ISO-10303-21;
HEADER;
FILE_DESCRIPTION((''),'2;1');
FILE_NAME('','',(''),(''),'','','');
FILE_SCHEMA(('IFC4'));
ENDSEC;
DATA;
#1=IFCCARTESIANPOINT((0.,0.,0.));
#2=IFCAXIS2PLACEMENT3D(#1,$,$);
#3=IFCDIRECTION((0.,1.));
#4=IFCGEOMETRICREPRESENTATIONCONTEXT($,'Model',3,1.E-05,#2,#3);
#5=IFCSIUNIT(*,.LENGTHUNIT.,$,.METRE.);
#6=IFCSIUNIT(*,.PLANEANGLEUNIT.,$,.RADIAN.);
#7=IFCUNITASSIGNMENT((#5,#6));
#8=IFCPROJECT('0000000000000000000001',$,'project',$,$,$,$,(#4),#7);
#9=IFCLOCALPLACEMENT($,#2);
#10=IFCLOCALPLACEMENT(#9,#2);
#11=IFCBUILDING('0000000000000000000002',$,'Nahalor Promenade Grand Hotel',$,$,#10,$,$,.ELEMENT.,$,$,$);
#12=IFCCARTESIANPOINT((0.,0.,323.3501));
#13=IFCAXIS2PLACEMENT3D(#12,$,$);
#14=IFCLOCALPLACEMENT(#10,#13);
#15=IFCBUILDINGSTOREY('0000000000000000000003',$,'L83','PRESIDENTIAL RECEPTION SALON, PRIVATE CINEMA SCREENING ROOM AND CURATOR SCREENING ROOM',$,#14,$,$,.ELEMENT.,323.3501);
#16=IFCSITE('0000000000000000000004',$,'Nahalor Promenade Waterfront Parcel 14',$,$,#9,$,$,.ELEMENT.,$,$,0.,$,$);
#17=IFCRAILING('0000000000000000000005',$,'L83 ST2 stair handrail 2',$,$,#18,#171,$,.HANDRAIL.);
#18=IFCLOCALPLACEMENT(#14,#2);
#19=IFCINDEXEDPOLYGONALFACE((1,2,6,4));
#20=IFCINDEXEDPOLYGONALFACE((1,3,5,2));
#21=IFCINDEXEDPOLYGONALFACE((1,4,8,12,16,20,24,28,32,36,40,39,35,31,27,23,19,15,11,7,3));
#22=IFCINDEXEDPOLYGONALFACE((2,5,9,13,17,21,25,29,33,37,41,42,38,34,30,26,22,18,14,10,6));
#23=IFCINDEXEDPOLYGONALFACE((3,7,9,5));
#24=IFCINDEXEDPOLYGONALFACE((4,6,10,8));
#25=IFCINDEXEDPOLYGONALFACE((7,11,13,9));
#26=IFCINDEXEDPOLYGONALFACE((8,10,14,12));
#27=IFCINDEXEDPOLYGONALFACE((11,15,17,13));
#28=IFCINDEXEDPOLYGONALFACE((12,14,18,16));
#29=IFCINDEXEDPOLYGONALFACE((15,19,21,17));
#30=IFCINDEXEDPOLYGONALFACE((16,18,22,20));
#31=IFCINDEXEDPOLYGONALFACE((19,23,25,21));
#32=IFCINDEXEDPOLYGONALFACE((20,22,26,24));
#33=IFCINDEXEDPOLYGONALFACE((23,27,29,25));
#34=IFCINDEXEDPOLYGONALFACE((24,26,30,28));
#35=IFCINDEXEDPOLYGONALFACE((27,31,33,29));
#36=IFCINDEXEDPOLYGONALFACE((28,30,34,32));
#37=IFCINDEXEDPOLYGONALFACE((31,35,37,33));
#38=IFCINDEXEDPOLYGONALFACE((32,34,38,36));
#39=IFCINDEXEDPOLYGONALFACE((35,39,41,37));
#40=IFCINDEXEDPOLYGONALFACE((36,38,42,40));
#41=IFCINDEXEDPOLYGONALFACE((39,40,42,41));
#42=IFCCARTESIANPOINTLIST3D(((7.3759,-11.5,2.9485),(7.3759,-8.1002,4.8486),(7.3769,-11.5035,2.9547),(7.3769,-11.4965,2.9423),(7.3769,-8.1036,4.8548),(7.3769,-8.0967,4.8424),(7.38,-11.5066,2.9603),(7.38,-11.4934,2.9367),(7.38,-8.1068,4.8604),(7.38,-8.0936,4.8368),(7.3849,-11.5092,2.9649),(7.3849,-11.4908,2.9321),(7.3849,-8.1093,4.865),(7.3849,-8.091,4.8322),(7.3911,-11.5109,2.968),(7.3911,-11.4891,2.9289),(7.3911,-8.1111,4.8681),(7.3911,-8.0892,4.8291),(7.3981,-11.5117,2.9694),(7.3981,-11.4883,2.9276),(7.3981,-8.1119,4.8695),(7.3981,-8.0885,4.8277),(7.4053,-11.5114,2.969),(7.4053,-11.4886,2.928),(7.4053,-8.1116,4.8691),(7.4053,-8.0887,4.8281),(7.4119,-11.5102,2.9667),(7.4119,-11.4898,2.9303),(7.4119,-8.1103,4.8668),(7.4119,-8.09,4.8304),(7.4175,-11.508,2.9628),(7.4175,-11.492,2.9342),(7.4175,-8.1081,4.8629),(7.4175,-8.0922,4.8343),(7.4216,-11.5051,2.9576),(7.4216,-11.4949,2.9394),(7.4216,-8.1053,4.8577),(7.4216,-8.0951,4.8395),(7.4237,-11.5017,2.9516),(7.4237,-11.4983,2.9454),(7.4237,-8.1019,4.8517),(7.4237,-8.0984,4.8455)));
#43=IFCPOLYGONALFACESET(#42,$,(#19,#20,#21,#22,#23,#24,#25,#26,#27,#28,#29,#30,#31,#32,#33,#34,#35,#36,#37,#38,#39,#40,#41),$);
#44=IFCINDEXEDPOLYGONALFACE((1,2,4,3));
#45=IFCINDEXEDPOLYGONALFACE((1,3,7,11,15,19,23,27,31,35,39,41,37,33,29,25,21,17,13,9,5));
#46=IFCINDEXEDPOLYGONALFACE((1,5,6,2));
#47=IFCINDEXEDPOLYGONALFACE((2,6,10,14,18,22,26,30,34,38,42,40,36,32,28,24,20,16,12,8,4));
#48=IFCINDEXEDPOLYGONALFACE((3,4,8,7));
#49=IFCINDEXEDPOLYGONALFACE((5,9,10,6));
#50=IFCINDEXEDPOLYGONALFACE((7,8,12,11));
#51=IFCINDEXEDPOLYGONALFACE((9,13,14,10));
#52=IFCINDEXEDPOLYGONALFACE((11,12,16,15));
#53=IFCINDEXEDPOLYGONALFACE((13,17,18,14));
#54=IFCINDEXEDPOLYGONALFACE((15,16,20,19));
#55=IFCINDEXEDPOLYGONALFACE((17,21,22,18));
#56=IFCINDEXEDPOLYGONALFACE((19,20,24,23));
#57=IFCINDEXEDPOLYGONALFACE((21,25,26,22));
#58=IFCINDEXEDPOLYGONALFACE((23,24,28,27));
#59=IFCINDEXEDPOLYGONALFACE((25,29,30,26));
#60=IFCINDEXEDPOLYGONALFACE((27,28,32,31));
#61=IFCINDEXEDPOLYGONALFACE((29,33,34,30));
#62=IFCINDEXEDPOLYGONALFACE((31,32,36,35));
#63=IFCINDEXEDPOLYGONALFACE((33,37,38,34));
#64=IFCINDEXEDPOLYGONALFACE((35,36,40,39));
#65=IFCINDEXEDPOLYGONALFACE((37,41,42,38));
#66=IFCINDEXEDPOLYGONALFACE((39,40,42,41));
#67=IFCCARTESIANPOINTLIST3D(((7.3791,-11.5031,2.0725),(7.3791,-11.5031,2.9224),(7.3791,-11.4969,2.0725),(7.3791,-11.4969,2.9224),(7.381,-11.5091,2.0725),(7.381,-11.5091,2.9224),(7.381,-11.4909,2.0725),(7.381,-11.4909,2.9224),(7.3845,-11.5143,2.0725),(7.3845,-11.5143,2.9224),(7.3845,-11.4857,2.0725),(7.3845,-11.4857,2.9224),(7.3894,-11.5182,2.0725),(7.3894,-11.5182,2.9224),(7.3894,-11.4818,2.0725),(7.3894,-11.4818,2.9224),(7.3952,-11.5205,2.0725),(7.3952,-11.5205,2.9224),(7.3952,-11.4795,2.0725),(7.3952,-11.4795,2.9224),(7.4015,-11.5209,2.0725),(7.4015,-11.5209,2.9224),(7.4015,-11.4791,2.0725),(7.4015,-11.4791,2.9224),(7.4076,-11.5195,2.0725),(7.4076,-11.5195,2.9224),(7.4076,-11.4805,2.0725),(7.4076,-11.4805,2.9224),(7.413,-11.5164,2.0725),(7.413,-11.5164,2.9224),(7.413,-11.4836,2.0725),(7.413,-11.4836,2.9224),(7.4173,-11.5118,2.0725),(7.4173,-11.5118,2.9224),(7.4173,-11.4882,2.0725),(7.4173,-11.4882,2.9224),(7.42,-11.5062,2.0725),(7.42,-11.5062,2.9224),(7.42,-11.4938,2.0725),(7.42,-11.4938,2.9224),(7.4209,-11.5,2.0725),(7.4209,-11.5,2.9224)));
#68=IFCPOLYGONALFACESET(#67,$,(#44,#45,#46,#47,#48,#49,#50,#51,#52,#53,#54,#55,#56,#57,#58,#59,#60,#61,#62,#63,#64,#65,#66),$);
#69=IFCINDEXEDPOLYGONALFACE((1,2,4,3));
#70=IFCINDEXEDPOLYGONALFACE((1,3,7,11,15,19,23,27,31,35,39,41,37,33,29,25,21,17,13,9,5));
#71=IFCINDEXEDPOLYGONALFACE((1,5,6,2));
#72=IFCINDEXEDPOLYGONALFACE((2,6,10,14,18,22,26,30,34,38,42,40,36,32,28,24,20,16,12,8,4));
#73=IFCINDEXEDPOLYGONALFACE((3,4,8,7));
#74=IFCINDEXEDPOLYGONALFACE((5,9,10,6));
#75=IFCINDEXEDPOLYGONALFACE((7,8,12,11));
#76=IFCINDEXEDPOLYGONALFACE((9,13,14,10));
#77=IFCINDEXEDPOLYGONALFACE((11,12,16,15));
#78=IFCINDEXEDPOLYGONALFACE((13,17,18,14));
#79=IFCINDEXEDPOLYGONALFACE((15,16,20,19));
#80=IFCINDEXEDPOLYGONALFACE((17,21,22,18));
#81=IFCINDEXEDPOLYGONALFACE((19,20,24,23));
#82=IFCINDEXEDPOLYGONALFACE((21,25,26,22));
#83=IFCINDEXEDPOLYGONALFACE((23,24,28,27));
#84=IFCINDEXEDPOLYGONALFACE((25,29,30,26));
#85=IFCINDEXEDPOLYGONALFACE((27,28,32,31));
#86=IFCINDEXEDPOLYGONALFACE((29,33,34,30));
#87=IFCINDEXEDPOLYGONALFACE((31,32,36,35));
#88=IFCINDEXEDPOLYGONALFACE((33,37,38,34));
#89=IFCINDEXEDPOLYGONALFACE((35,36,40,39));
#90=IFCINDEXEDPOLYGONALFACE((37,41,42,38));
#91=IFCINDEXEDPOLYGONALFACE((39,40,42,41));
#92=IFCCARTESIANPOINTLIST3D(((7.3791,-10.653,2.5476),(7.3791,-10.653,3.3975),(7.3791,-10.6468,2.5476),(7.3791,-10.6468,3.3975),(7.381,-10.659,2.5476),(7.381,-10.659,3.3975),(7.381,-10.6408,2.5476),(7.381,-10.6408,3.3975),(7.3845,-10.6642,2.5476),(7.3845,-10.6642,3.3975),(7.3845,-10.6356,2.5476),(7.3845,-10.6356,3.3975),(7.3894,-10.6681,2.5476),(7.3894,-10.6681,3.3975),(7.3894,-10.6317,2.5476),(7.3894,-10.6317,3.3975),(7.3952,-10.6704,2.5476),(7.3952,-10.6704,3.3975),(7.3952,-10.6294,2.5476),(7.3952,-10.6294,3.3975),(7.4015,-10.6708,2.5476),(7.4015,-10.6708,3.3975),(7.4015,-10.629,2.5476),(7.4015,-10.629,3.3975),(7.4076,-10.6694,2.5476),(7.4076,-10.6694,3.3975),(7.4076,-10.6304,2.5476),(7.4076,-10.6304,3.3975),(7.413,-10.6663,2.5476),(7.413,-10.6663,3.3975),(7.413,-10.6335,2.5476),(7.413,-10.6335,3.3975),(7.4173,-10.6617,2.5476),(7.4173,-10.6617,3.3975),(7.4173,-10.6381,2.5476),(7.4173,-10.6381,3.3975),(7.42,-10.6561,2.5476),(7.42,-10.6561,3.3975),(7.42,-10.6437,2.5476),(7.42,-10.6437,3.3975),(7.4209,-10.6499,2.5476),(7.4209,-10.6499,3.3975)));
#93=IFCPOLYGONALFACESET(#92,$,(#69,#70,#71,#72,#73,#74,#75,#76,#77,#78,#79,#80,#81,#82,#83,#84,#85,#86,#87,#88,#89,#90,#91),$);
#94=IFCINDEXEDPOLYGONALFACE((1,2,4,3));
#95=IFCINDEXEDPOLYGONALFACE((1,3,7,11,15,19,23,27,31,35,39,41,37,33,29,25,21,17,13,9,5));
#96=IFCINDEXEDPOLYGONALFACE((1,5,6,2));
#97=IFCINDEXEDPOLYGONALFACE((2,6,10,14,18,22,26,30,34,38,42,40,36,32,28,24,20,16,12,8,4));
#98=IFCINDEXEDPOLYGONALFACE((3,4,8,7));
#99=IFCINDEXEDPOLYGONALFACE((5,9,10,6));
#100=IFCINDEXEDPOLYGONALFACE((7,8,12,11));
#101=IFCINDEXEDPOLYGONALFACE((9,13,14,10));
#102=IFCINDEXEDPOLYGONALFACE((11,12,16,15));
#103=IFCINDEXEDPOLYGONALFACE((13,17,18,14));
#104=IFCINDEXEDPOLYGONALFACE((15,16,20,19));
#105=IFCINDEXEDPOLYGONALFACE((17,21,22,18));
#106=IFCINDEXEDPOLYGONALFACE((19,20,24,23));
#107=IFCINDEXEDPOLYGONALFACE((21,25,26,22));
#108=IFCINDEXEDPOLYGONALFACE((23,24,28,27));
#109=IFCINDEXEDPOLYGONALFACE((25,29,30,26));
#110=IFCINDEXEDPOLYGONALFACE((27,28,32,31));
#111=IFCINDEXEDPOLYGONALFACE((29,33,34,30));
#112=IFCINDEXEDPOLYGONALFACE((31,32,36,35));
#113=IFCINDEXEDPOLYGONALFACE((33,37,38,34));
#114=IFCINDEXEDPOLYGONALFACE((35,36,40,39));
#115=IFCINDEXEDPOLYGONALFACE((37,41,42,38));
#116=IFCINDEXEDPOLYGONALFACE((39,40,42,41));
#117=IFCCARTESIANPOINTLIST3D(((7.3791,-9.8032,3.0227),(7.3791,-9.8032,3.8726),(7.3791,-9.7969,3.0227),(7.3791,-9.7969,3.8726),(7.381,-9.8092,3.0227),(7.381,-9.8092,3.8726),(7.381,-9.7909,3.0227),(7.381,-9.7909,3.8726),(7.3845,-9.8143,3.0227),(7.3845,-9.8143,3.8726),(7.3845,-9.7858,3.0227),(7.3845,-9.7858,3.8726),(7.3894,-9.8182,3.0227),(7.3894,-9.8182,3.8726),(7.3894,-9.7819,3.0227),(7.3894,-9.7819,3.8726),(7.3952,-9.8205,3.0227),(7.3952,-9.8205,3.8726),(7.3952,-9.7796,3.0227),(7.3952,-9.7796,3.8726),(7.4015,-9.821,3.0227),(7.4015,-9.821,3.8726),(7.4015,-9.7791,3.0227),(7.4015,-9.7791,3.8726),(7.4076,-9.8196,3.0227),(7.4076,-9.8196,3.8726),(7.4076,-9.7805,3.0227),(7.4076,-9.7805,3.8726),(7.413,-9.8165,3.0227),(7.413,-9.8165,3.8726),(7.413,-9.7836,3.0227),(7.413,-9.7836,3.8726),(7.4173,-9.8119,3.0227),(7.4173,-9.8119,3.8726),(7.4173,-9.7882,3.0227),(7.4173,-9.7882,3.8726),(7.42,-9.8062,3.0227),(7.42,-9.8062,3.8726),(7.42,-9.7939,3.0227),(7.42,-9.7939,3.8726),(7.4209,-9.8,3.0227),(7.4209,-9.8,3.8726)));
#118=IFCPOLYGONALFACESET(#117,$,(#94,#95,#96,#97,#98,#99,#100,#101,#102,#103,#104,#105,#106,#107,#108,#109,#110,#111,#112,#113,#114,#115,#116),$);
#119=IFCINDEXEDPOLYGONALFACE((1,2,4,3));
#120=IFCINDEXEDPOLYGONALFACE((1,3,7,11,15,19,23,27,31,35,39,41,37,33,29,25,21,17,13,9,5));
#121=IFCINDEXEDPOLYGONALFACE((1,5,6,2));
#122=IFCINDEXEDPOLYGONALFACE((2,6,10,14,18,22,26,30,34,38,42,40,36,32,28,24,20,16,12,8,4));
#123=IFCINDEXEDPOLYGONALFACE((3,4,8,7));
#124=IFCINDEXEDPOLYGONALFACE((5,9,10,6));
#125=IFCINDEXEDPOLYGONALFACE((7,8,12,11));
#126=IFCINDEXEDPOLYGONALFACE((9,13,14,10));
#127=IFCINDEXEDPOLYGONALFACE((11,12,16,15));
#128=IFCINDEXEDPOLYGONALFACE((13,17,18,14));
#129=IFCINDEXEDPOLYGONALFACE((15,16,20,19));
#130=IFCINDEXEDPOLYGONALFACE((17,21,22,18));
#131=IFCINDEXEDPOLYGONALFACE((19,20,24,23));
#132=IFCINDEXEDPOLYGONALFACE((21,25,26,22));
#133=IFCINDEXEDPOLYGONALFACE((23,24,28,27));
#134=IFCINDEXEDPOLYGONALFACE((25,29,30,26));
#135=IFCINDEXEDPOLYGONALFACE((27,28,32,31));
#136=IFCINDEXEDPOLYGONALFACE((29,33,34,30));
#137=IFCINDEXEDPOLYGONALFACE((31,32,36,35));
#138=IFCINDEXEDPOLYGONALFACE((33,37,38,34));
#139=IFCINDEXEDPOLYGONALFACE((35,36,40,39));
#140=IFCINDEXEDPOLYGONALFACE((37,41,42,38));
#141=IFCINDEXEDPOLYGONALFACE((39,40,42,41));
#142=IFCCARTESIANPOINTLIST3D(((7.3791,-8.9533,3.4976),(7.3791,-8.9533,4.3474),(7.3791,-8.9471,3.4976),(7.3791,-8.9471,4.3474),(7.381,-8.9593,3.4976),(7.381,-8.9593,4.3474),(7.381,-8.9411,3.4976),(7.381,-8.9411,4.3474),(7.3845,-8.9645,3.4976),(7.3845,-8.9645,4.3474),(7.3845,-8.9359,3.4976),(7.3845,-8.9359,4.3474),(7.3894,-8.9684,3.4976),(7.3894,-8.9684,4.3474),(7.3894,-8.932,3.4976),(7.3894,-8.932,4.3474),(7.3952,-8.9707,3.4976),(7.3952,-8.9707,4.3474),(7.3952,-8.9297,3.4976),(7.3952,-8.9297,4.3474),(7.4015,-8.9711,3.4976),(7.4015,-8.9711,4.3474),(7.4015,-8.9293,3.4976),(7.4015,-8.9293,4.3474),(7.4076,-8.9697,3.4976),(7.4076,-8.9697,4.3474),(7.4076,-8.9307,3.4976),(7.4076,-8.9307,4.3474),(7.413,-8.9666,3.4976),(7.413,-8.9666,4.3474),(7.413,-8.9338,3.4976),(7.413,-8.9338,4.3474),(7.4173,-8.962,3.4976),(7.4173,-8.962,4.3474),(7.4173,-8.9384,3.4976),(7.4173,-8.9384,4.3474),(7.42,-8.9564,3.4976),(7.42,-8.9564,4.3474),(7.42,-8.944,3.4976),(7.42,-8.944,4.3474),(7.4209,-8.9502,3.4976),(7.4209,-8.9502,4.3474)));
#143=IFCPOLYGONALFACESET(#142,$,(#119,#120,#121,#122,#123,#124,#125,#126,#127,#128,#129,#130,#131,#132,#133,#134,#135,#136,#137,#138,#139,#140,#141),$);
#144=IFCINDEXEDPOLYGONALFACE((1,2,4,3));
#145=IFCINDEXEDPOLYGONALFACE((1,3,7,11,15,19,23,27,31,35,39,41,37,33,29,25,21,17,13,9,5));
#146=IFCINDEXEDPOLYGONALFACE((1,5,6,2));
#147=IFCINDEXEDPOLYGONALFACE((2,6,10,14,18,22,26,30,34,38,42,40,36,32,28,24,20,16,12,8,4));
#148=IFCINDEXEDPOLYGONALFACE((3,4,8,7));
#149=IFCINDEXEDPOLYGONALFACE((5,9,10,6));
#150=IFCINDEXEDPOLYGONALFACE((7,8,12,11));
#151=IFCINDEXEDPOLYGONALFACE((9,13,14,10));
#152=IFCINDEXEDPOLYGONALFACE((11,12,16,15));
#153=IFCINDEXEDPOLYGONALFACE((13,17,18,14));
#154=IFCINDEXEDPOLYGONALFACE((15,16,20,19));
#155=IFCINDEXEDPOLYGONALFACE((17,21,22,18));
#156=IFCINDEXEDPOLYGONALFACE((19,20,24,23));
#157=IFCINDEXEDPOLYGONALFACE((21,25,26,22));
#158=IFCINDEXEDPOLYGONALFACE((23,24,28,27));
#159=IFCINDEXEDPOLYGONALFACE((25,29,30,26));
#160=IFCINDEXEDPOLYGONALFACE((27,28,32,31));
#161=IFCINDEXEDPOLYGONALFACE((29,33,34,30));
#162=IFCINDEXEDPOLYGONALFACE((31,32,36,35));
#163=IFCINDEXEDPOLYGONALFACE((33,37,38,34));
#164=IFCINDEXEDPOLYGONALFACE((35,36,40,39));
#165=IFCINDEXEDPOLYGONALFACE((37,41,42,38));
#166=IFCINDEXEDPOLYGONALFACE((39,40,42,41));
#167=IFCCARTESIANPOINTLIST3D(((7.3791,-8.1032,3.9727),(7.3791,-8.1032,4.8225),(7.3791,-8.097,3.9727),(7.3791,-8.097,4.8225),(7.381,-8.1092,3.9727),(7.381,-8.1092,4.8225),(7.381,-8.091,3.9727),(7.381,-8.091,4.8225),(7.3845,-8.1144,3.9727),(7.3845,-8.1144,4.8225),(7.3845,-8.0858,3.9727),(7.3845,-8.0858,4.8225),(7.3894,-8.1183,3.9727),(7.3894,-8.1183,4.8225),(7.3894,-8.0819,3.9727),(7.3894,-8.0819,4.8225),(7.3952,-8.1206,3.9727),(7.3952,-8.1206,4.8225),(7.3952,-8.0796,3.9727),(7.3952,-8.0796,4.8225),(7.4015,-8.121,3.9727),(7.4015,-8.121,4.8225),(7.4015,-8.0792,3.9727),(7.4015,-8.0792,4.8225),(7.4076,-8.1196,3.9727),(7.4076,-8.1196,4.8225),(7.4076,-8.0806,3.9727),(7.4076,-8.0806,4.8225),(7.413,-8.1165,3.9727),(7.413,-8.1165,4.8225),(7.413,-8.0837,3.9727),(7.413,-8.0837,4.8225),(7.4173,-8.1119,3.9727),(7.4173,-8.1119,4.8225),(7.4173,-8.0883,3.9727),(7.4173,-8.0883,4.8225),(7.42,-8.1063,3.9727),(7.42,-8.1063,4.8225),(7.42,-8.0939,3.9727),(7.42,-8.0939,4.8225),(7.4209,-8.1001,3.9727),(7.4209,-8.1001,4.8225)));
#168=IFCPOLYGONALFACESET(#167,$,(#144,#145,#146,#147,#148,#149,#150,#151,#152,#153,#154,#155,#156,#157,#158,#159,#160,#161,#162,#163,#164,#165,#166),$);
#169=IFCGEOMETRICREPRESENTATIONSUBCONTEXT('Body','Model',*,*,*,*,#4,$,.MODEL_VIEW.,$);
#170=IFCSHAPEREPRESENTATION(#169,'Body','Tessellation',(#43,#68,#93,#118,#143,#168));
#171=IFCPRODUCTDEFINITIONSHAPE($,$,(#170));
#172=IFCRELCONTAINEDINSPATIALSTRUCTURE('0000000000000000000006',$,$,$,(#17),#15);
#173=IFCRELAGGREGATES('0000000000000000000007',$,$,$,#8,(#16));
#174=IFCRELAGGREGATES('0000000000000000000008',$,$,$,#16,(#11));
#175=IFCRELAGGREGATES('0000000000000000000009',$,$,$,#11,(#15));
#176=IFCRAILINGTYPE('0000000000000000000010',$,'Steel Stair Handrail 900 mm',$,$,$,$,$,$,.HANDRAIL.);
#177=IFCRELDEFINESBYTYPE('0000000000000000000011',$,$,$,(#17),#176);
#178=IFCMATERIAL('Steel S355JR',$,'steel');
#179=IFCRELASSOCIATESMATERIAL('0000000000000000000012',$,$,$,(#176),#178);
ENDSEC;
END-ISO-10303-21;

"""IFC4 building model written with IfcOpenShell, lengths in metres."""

from ifc_helpers import new_model, si_unit, direction, frame, origin, origin_2d, place, context, subcontext, project, spatial, circle, extrude, material, type_object, element, save


model = new_model("IFC4")

# Units and contexts
model_context = context("Model", 3, precision=1e-05, world=origin(), true_north=direction((0.0, 1.0)))
body_context = subcontext(model_context, "Body", "Model", "MODEL_VIEW")
ifc_project = project(units=[si_unit("LENGTHUNIT", "METRE"), si_unit("PLANEANGLEUNIT", "RADIAN")], contexts=[model_context])

# Site, building, storey
site_placement = place(None, origin())
site = spatial("IfcSite", under=ifc_project, at=site_placement, Name="Nahalor Promenade Waterfront Parcel 14", CompositionType="ELEMENT", RefElevation=0.0)
building_placement = place(site_placement, origin())
building = spatial("IfcBuilding", under=site, at=building_placement, Name="Nahalor Promenade Grand Hotel", CompositionType="ELEMENT")
storey_placement = place(building_placement, frame((0.0, 0.0, 323.3501)))
storey = spatial("IfcBuildingStorey", under=building, at=storey_placement, Name="L83", Description="PRESIDENTIAL RECEPTION SALON, PRIVATE CINEMA SCREENING ROOM AND CURATOR SCREENING ROOM", CompositionType="ELEMENT", Elevation=323.3501)

# Shared definitions
ifc_material_1 = material(Name="Steel S355JR", Category="steel")

# Railing
railing_type_1 = type_object("IfcRailingType", Name="Steel Stair Handrail 900 mm", PredefinedType="HANDRAIL", material=ifc_material_1)
railing_1_placement = place(storey_placement, frame((7.3999, -11.5, 2.0725)))
element("IfcRailing", 1, at=railing_1_placement, inside=storey, type_object=railing_type_1, Name="L83 ST2 stair handrail 2", PredefinedType="HANDRAIL", context=body_context, shape_type="SweptSolid", body=[
    extrude(circle(Radius=0.024, at=origin_2d()), frame((0.0, 0.0, 0.876), z_axis=(0.0, 0.872921, 0.487861), x_axis=(-1.0, 0.0, 0.0)), (0.0, 0.0, 1.0), 3.8948),
    extrude(circle(Radius=0.021, at=origin_2d()), origin(), (0.0, 0.0, 1.0), 0.8499),
    extrude(circle(Radius=0.021, at=origin_2d()), frame((0.0, 0.8501, 0.4751)), (0.0, 0.0, 1.0), 0.8499),
    extrude(circle(Radius=0.021, at=origin_2d()), frame((0.0, 1.7, 0.9502)), (0.0, 0.0, 1.0), 0.8499),
    extrude(circle(Radius=0.021, at=origin_2d()), frame((0.0, 2.5498, 1.425)), (0.0, 0.0, 1.0), 0.8499),
    extrude(circle(Radius=0.021, at=origin_2d()), frame((0.0, 3.3999, 1.9001)), (0.0, 0.0, 1.0), 0.8499),
])

save(model, "model.ifc")
